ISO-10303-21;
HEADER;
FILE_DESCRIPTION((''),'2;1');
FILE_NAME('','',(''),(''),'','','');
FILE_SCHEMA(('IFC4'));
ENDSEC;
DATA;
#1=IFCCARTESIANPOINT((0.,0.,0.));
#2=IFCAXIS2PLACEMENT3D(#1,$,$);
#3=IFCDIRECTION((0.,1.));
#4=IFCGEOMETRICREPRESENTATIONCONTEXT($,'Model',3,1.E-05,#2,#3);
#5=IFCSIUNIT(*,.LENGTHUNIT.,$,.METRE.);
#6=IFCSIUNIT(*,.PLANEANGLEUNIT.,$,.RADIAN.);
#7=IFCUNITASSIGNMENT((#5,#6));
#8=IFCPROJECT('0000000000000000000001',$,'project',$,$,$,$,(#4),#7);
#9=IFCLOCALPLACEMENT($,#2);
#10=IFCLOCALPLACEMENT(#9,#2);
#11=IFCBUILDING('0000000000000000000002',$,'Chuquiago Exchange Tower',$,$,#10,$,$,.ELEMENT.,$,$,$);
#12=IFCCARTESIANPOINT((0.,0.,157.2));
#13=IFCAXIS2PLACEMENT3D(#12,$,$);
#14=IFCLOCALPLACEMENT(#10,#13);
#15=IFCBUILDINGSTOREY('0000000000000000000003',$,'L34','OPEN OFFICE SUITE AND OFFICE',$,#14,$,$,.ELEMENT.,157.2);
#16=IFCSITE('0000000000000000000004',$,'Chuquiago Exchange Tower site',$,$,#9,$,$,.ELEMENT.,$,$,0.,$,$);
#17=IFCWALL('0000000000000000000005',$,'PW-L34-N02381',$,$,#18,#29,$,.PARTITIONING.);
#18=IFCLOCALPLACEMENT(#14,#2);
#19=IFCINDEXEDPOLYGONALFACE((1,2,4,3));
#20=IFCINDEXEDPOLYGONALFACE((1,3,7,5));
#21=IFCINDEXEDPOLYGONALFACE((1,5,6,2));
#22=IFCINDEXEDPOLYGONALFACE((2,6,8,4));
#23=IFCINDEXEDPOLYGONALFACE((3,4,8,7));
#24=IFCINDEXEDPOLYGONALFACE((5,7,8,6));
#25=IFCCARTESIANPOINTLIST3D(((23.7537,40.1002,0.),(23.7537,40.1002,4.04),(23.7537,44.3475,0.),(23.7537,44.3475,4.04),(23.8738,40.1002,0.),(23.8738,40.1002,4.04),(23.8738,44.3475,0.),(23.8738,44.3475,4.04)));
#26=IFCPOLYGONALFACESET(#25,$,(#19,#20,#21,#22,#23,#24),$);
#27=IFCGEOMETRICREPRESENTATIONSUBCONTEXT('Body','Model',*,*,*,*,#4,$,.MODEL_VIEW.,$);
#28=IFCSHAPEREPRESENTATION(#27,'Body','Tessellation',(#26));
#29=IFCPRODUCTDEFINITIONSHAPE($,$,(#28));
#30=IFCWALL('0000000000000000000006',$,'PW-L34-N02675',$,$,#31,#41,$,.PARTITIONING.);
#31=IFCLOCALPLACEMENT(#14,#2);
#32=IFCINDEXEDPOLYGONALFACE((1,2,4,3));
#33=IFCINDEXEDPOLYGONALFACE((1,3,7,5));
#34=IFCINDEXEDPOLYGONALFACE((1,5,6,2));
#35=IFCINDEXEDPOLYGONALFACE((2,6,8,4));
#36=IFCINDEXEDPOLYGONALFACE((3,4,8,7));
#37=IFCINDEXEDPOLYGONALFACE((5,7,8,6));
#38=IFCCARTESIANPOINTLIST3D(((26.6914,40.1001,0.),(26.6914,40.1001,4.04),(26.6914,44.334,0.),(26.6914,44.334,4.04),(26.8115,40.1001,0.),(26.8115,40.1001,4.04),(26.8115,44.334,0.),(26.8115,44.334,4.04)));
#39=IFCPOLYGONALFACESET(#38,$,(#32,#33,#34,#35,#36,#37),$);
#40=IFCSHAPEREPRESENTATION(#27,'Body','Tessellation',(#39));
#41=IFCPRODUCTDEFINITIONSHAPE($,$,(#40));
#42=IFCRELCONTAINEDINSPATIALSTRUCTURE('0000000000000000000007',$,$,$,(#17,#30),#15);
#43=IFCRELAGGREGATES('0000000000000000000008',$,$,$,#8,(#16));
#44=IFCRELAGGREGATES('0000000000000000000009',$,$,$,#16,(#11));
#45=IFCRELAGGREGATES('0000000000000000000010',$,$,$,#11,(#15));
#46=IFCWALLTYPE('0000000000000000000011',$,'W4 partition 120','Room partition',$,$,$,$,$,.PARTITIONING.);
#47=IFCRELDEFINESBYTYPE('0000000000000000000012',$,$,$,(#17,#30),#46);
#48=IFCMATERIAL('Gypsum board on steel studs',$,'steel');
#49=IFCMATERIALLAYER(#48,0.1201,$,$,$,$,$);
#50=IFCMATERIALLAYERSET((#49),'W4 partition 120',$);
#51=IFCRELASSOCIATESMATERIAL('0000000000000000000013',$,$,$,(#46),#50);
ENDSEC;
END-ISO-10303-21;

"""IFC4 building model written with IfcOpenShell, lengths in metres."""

from ifc_helpers import new_model, si_unit, direction, frame, frame_2d, origin, place, context, subcontext, project, spatial, rectangle, extrude, material, layer, layer_set, type_object, element, save


model = new_model("IFC4")

# Units and contexts
model_context = context("Model", 3, precision=1e-05, world=origin(), true_north=direction((0.0, 1.0)))
body_context = subcontext(model_context, "Body", "Model", "MODEL_VIEW")
ifc_project = project(units=[si_unit("LENGTHUNIT", "METRE"), si_unit("PLANEANGLEUNIT", "RADIAN")], contexts=[model_context])

# Site, building, storey
site_placement = place(None, origin())
site = spatial("IfcSite", under=ifc_project, at=site_placement, Name="Chuquiago Exchange Tower site", CompositionType="ELEMENT", RefElevation=0.0)
building_placement = place(site_placement, origin())
building = spatial("IfcBuilding", under=site, at=building_placement, Name="Chuquiago Exchange Tower", CompositionType="ELEMENT")
storey_placement = place(building_placement, frame((0.0, 0.0, 157.2)))
storey = spatial("IfcBuildingStorey", under=building, at=storey_placement, Name="L34", Description="OPEN OFFICE SUITE AND OFFICE", CompositionType="ELEMENT", Elevation=157.2)

# Walls
ifc_material_1 = material(Name="Gypsum board on steel studs", Category="steel")
ifc_layer_1 = layer(ifc_material_1, 0.1201)
ifc_layer_set_1 = layer_set([ifc_layer_1], Name="W4 partition 120")
wall_type_1 = type_object("IfcWallType", Name="W4 partition 120", Description="Room partition", PredefinedType="PARTITIONING", material=ifc_layer_set_1)
wall_1_placement = place(storey_placement, frame((23.8137, 44.3474, 0.0), z_axis=(0.0, 0.0, 1.0), x_axis=(0.0, -1.0, 0.0)))
element("IfcWall", 1, at=wall_1_placement, inside=storey, type_object=wall_type_1, Name="PW-L34-N02381", PredefinedType="PARTITIONING", context=body_context, shape_type="SweptSolid", body=[
    extrude(rectangle(XDim=4.2473, YDim=0.1201, at=frame_2d((2.1235, 0.0))), origin(), (0.0, 0.0, 1.0), 4.04),
])
wall_2_placement = place(storey_placement, frame((26.7515, 44.334, 0.0), z_axis=(0.0, 0.0, 1.0), x_axis=(0.0, -1.0, 0.0)))
element("IfcWall", 2, at=wall_2_placement, inside=storey, type_object=wall_type_1, Name="PW-L34-N02675", PredefinedType="PARTITIONING", context=body_context, shape_type="SweptSolid", body=[
    extrude(rectangle(XDim=4.2339, YDim=0.1201, at=frame_2d((2.1169, 0.0))), origin(), (0.0, 0.0, 1.0), 4.04),
])

save(model, "model.ifc")
